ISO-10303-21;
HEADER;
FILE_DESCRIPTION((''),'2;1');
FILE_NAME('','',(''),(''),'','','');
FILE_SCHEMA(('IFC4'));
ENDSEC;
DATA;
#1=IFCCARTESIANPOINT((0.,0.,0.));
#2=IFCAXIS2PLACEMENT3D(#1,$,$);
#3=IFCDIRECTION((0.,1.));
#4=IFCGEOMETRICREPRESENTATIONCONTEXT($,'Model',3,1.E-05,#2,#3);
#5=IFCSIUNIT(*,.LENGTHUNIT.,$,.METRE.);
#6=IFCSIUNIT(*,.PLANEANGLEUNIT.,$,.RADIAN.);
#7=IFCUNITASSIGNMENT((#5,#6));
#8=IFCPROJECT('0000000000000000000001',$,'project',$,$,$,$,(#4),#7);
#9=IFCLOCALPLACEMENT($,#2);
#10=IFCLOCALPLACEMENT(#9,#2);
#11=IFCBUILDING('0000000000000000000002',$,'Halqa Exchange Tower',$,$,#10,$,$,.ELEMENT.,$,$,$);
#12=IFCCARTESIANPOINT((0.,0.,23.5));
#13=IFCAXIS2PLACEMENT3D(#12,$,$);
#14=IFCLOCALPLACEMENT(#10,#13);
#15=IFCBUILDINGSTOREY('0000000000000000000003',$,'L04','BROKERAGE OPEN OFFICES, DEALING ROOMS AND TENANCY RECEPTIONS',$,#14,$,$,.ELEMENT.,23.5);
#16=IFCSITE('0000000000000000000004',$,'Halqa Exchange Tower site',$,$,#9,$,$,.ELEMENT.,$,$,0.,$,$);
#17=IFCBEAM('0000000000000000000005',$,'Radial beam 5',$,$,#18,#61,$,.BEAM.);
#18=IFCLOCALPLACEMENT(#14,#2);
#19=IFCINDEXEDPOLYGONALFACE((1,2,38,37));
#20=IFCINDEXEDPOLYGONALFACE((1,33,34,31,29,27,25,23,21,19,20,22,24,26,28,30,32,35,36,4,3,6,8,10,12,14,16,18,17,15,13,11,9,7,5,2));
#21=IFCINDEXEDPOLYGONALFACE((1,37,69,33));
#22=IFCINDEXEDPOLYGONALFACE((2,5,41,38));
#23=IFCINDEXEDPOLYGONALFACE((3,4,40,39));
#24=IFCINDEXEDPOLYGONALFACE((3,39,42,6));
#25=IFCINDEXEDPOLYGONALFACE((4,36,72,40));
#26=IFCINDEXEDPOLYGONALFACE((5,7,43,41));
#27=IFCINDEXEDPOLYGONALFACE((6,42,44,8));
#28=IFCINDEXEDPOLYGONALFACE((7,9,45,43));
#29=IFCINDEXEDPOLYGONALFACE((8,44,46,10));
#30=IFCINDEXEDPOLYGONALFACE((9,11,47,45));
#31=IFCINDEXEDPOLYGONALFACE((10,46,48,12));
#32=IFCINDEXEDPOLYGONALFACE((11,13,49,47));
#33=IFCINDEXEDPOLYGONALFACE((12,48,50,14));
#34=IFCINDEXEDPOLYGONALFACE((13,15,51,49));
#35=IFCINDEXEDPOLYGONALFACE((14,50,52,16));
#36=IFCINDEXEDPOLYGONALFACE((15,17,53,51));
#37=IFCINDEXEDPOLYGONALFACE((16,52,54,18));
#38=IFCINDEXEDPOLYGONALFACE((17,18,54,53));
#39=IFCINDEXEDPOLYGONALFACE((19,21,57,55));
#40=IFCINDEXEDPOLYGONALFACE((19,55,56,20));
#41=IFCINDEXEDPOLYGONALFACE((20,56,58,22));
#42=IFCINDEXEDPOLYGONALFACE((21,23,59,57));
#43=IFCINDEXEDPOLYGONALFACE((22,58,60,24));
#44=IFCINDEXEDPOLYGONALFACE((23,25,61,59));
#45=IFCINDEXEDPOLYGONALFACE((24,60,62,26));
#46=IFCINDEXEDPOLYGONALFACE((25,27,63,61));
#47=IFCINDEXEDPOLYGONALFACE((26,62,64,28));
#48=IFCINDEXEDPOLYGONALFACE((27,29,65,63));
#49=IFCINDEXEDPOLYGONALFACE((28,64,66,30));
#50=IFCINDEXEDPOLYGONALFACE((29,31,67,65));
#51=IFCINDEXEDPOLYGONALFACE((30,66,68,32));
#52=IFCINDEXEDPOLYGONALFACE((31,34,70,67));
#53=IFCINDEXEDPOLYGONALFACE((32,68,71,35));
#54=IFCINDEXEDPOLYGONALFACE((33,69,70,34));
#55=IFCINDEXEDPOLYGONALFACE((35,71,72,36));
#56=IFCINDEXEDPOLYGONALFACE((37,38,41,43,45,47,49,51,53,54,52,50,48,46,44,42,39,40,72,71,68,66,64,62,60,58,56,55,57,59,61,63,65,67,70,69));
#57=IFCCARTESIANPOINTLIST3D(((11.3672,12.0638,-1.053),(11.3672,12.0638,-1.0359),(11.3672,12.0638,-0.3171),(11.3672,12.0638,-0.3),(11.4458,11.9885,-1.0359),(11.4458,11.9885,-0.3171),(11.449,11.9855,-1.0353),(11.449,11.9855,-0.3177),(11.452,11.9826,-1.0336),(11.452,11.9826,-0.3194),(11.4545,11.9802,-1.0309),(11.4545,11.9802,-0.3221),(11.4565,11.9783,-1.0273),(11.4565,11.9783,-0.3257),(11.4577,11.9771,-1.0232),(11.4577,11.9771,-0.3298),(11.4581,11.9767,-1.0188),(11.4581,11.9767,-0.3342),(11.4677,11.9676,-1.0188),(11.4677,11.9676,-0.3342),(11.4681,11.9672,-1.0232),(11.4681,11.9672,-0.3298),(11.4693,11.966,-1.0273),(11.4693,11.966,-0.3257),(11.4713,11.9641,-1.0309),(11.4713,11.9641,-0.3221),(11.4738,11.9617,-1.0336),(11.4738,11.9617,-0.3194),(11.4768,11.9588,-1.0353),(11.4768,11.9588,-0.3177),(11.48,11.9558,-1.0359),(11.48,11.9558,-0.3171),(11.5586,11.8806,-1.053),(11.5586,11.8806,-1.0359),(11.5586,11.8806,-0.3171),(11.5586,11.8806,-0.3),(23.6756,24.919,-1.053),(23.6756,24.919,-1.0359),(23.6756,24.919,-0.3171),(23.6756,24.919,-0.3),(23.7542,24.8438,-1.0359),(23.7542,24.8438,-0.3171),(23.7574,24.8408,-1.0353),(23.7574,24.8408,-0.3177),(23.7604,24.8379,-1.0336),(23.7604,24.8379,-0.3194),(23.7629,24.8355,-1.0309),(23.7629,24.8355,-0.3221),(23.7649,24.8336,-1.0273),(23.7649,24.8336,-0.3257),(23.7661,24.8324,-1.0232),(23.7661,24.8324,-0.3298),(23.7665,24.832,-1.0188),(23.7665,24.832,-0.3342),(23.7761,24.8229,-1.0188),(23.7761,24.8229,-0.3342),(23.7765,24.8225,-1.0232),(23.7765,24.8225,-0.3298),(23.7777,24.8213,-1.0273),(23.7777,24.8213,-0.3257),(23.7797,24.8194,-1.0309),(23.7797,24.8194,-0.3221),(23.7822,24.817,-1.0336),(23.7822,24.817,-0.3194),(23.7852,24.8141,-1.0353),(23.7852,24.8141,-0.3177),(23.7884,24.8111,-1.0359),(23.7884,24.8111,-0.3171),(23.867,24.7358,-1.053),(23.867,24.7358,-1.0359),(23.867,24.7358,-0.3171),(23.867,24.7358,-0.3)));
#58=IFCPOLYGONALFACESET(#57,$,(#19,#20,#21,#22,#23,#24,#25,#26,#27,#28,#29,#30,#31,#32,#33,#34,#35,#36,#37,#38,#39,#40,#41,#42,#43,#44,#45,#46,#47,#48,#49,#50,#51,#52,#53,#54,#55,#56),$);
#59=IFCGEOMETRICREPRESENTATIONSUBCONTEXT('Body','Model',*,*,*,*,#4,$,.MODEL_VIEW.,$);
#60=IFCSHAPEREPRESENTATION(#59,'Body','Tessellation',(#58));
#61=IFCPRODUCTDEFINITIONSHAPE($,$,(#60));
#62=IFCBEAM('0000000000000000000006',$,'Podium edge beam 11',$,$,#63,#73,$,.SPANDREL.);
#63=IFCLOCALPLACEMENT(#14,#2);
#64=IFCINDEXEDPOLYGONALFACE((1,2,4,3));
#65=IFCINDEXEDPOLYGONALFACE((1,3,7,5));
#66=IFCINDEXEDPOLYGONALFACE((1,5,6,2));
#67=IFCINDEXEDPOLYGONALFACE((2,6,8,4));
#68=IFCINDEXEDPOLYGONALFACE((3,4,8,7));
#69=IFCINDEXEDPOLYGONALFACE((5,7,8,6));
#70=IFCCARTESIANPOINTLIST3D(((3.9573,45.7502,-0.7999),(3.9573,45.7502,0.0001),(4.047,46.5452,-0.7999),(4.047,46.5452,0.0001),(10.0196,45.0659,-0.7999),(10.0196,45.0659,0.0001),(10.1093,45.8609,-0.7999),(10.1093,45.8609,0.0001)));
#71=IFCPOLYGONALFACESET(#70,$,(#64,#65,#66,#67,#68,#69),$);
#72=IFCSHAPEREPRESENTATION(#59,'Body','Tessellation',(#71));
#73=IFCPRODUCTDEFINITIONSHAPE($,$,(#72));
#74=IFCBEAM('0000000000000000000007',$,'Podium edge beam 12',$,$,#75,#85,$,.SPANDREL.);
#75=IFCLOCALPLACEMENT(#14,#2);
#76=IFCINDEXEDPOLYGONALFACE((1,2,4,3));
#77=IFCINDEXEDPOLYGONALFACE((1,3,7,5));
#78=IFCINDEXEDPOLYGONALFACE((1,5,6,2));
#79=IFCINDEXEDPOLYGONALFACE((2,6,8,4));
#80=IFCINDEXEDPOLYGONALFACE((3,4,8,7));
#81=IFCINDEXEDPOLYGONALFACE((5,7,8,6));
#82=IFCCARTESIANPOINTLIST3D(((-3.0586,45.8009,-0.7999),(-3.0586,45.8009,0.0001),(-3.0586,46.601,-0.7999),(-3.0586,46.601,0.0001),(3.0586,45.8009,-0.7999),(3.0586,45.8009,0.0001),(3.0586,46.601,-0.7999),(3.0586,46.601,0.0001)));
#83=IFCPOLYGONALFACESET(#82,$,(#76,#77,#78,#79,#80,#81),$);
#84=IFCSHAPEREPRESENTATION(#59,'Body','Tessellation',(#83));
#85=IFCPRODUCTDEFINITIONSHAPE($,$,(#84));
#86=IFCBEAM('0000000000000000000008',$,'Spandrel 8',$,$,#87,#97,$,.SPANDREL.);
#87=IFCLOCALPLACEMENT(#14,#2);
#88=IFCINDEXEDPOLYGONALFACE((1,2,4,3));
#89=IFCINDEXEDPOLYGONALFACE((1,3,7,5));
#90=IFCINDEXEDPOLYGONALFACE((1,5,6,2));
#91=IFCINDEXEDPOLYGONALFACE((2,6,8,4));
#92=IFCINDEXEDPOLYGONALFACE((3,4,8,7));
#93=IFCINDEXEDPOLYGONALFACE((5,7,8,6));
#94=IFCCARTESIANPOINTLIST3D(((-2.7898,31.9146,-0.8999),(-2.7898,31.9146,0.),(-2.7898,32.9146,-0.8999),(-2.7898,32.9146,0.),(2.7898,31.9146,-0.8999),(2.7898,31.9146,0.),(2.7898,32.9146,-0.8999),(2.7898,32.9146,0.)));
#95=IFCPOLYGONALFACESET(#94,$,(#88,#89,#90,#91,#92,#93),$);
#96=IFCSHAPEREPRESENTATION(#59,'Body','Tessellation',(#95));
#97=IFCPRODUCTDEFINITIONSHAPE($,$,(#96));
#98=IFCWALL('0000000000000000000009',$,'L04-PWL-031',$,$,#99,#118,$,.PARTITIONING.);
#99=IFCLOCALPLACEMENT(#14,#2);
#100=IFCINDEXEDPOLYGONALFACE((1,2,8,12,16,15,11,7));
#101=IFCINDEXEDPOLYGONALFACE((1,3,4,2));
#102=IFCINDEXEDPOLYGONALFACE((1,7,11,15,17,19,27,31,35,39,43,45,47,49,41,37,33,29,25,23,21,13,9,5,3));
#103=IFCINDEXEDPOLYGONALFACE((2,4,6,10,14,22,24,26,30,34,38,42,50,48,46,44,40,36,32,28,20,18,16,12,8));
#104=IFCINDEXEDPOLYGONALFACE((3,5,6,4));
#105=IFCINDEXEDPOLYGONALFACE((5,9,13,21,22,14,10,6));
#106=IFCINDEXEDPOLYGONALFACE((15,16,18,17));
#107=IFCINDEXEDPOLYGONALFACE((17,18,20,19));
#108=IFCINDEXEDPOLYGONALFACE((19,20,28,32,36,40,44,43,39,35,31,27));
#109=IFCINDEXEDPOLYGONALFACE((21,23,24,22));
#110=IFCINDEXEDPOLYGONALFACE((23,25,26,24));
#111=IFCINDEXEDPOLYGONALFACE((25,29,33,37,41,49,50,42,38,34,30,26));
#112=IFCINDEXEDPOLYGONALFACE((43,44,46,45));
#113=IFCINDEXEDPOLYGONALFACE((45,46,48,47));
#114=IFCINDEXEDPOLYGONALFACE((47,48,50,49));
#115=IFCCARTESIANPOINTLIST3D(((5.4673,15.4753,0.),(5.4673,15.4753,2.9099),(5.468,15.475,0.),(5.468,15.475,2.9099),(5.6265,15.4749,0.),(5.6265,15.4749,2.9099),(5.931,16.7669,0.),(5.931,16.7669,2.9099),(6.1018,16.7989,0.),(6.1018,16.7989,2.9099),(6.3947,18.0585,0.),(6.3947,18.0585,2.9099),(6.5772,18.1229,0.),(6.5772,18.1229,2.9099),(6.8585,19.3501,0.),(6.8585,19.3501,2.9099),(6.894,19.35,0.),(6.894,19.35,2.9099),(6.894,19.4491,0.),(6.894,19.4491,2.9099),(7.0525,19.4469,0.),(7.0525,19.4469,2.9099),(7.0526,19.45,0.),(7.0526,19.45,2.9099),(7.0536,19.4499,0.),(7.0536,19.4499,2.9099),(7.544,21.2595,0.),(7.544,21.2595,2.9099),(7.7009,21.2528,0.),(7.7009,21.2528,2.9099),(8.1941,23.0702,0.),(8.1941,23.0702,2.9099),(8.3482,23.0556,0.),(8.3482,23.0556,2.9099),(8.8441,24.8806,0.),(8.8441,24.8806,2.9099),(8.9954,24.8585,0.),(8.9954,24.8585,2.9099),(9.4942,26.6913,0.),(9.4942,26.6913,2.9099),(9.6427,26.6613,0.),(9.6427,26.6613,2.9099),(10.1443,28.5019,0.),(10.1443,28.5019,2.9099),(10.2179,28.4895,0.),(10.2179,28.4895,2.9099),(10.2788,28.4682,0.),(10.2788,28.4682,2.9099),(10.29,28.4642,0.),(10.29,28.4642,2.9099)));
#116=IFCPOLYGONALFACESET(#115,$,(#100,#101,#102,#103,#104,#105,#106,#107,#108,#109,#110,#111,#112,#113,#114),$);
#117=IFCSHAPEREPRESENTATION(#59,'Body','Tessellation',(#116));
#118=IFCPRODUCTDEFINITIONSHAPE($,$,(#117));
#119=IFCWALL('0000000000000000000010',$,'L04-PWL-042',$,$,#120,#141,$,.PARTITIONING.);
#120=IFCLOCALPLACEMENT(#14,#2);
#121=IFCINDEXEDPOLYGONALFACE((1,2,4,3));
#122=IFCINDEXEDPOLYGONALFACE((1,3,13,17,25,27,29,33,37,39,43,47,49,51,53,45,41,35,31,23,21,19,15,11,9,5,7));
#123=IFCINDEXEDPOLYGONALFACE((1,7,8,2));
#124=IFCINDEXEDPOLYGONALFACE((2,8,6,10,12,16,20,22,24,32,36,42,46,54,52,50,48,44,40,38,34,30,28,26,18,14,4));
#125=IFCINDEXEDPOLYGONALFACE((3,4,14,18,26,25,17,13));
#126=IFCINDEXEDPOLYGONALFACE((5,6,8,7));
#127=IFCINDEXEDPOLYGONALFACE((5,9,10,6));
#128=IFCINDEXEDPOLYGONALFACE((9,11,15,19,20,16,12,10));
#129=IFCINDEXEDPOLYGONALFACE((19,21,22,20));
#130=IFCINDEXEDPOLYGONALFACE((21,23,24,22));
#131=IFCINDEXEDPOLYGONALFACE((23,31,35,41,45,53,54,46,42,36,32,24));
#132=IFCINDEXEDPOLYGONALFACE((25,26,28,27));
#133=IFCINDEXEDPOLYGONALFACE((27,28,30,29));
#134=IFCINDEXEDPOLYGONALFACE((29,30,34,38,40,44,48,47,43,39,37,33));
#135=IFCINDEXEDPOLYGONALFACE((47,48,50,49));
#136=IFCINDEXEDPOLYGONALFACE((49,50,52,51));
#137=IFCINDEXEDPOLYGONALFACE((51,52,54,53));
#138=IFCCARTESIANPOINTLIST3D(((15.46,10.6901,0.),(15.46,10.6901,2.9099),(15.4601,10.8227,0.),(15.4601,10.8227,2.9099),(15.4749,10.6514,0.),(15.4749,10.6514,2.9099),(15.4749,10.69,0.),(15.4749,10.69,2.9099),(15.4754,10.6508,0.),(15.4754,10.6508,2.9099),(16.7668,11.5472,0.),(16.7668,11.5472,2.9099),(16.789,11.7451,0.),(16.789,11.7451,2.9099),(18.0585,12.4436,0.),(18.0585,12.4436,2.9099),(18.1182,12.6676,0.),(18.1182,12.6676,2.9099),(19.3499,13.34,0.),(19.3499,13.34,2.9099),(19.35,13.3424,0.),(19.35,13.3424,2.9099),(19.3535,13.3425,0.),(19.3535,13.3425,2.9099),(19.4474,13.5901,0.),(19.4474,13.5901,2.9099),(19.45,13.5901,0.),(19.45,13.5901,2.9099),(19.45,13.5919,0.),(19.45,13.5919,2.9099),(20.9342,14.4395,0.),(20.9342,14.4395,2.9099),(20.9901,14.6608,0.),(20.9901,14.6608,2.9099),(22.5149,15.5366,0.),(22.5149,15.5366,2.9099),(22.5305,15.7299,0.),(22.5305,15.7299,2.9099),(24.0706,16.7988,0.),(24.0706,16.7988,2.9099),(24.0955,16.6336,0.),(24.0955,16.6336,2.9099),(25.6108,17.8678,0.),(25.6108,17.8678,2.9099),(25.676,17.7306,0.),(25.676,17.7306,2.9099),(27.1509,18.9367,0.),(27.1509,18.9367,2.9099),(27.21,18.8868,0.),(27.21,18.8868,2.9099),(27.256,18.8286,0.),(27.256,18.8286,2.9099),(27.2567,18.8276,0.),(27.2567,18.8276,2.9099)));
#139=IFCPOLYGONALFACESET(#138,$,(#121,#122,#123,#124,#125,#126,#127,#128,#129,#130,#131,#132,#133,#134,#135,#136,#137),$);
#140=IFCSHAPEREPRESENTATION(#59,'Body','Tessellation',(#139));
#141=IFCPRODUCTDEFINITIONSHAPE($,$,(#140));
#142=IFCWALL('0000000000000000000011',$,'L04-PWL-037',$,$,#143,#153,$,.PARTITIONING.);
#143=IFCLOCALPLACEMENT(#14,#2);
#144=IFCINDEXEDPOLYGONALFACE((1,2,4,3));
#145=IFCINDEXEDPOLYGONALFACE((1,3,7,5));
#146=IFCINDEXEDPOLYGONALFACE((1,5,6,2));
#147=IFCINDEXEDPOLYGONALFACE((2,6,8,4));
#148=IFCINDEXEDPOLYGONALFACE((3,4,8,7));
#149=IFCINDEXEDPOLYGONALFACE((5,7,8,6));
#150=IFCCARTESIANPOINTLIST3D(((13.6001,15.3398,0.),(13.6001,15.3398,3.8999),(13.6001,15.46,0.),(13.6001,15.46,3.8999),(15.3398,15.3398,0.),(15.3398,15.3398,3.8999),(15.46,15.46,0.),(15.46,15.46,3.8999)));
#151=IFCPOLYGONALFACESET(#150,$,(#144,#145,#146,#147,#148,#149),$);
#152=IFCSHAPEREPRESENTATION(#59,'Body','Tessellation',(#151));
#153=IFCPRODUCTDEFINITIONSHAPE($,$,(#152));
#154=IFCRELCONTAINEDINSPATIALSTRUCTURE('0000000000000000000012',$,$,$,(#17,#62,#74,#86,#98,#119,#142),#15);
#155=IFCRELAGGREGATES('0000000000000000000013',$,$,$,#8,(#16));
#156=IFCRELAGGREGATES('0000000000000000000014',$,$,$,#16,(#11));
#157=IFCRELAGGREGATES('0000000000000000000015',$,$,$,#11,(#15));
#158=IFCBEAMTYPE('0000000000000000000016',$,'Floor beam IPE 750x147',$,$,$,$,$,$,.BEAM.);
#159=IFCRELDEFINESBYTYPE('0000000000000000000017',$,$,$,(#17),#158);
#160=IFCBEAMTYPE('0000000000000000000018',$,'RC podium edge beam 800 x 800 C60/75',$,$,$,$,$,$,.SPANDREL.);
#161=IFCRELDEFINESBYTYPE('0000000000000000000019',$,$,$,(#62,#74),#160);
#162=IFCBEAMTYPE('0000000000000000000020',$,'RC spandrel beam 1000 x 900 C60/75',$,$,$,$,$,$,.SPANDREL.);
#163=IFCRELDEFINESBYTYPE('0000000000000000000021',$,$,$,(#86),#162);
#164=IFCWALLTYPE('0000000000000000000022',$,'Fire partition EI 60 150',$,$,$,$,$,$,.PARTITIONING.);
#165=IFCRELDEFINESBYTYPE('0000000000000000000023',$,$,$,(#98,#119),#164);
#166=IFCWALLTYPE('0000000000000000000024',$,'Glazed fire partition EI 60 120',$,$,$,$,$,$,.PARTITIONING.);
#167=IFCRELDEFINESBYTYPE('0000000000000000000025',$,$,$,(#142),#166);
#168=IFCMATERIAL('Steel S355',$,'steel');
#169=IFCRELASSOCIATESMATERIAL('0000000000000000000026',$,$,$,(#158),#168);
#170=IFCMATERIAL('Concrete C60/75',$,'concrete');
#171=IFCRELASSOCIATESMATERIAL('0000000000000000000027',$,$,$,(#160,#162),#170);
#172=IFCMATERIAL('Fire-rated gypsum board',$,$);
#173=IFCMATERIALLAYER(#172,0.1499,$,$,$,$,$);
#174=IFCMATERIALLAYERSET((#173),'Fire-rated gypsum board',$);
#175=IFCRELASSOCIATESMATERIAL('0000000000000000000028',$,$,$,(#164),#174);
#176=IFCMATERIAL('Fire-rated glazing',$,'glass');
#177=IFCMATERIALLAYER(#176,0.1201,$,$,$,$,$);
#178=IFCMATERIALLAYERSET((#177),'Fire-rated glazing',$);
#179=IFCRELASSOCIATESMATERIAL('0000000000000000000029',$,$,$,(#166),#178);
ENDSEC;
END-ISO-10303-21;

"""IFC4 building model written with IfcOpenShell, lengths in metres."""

from ifc_helpers import new_model, si_unit, direction, frame, origin, origin_2d, place, context, subcontext, project, spatial, polyline, rectangle, i_section, outline, extrude, material, layer, layer_set, material_profile, profile_set, type_object, element, save


model = new_model("IFC4")

# Units and contexts
model_context = context("Model", 3, precision=1e-05, world=origin(), true_north=direction((0.0, 1.0)))
body_context = subcontext(model_context, "Body", "Model", "MODEL_VIEW")
ifc_project = project(units=[si_unit("LENGTHUNIT", "METRE"), si_unit("PLANEANGLEUNIT", "RADIAN")], contexts=[model_context])

# Site, building, storey
site_placement = place(None, origin())
site = spatial("IfcSite", under=ifc_project, at=site_placement, Name="Halqa Exchange Tower site", CompositionType="ELEMENT", RefElevation=0.0)
building_placement = place(site_placement, origin())
building = spatial("IfcBuilding", under=site, at=building_placement, Name="Halqa Exchange Tower", CompositionType="ELEMENT")
storey_placement = place(building_placement, frame((0.0, 0.0, 23.5)))
storey = spatial("IfcBuildingStorey", under=building, at=storey_placement, Name="L04", Description="BROKERAGE OPEN OFFICES, DEALING ROOMS AND TENANCY RECEPTIONS", CompositionType="ELEMENT", Elevation=23.5)

# Beams
ifc_material_1 = material(Name="Steel S355", Category="steel")
ifc_material_profile_1 = material_profile(ifc_material_1, i_section(OverallWidth=0.2649, OverallDepth=0.7529, WebThickness=0.0132, FlangeThickness=0.0171, FilletRadius=0.0171, at=origin_2d()), Name="IPE 750x147")
ifc_profile_set_1 = profile_set([ifc_material_profile_1], Name="Steel S355")
beam_type_1 = type_object("IfcBeamType", Name="Floor beam IPE 750x147", PredefinedType="BEAM", material=ifc_profile_set_1)
beam_1_placement = place(storey_placement, frame((11.4629, 11.9722, -0.6765), z_axis=(0.691576, 0.722304, 0.0), x_axis=(-0.722304, 0.691576, 0.0)))
element("IfcBeam", 1, at=beam_1_placement, inside=storey, type_object=beam_type_1, Name="Radial beam 5", PredefinedType="BEAM", context=body_context, shape_type="SweptSolid", body=[
    extrude(i_section(OverallWidth=0.2649, OverallDepth=0.7529, WebThickness=0.0132, FlangeThickness=0.0171, FilletRadius=0.0171, at=origin_2d()), origin(), (0.0, 0.0, 1.0), 17.7976),
])
ifc_material_2 = material(Name="Concrete C60/75", Category="concrete")
ifc_material_profile_2 = material_profile(ifc_material_2, rectangle(XDim=0.8, YDim=0.8, at=origin_2d()), Name="800 x 800")
ifc_profile_set_2 = profile_set([ifc_material_profile_2], Name="Concrete C60/75")
beam_type_2 = type_object("IfcBeamType", Name="RC podium edge beam 800 x 800 C60/75", PredefinedType="SPANDREL", material=ifc_profile_set_2)
beam_2_placement = place(storey_placement, frame((10.0645, 45.4634, -0.3999), z_axis=(-0.993689, 0.112171, 0.0), x_axis=(-0.112171, -0.993689, 0.0)))
element("IfcBeam", 2, at=beam_2_placement, inside=storey, type_object=beam_type_2, Name="Podium edge beam 11", PredefinedType="SPANDREL", context=body_context, shape_type="SweptSolid", body=[
    extrude(rectangle(XDim=0.8, YDim=0.8, at=origin_2d()), origin(), (0.0, 0.0, 1.0), 6.1008),
])
beam_3_placement = place(storey_placement, frame((3.0586, 46.2009, -0.3999), z_axis=(-1.0, 0.0, 0.0), x_axis=(0.0, -1.0, 0.0)))
element("IfcBeam", 3, at=beam_3_placement, inside=storey, type_object=beam_type_2, Name="Podium edge beam 12", PredefinedType="SPANDREL", context=body_context, shape_type="SweptSolid", body=[
    extrude(rectangle(XDim=0.8, YDim=0.8, at=origin_2d()), origin(), (0.0, 0.0, 1.0), 6.1172),
])
ifc_material_profile_3 = material_profile(ifc_material_2, rectangle(XDim=1.0, YDim=0.8999, at=origin_2d()), Name="1000 x 900")
ifc_profile_set_3 = profile_set([ifc_material_profile_3], Name="Concrete C60/75")
beam_type_3 = type_object("IfcBeamType", Name="RC spandrel beam 1000 x 900 C60/75", PredefinedType="SPANDREL", material=ifc_profile_set_3)
beam_4_placement = place(storey_placement, frame((2.7898, 32.4146, -0.45), z_axis=(-1.0, 0.0, 0.0), x_axis=(0.0, -1.0, 0.0)))
element("IfcBeam", 4, at=beam_4_placement, inside=storey, type_object=beam_type_3, Name="Spandrel 8", PredefinedType="SPANDREL", context=body_context, shape_type="SweptSolid", body=[
    extrude(rectangle(XDim=1.0, YDim=0.8999, at=origin_2d()), origin(), (0.0, 0.0, 1.0), 5.5796),
])

# Walls
ifc_material_3 = material(Name="Fire-rated gypsum board")
ifc_layer_1 = layer(ifc_material_3, 0.1499)
ifc_layer_set_1 = layer_set([ifc_layer_1], Name="Fire-rated gypsum board")
wall_type_1 = type_object("IfcWallType", Name="Fire partition EI 60 150", PredefinedType="PARTITIONING", material=ifc_layer_set_1)
wall_1_placement = place(storey_placement, frame((5.5378, 15.45, 0.0), z_axis=(0.0, 0.0, 1.0), x_axis=(0.337914, 0.941177, 0.0)))
element("IfcWall", 5, at=wall_1_placement, inside=storey, type_object=wall_type_1, Name="L04-PWL-031", PredefinedType="PARTITIONING", context=body_context, shape_type="SweptSolid", body=[
    extrude(outline(polyline([(0.0535, -0.075), (1.4602, -0.075), (2.8669, -0.075), (4.2737, -0.075), (4.2766, -0.074), (4.2769, -0.075), (6.1924, -0.075), (8.1079, -0.075), (10.0234, -0.075), (11.939, -0.075), (13.8545, -0.075), (13.8545, -0.063), (13.854, 0.0015), (13.8408, 0.075), (11.917, 0.075), (9.9932, 0.075), (8.0696, 0.075), (6.1458, 0.075), (4.2222, 0.075), (4.1289, 0.0415), (4.1169, 0.075), (2.7446, 0.075), (1.3723, 0.075), (0.0, 0.075), (0.0, 0.0742), (0.0535, -0.075)])), origin(), (0.0, 0.0, 1.0), 2.9099),
])
wall_2_placement = place(storey_placement, frame((15.4326, 10.7124, 0.0), z_axis=(0.0, 0.0, 1.0), x_axis=(0.821522, 0.570176, 0.0)))
element("IfcWall", 6, at=wall_2_placement, inside=storey, type_object=wall_type_1, Name="L04-PWL-042", PredefinedType="PARTITIONING", context=body_context, shape_type="SweptSolid", body=[
    extrude(outline(polyline([(0.0, -0.075), (1.572, -0.075), (3.1443, -0.075), (4.7163, -0.075), (4.7178, -0.073), (4.7207, -0.075), (6.6448, -0.075), (8.5688, -0.075), (10.4929, -0.075), (12.4167, -0.075), (14.3408, -0.075), (14.3408, -0.0737), (14.3362, 0.0002), (14.3162, 0.075), (12.4414, 0.075), (10.5667, 0.075), (8.6919, 0.075), (6.8169, 0.075), (4.9421, 0.075), (4.9412, 0.0735), (4.939, 0.075), (3.321, 0.075), (1.7031, 0.075), (0.0854, 0.075), (0.0098, -0.0339), (0.022, -0.0425), (0.0, -0.0742), (0.0, -0.075)])), origin(), (0.0, 0.0, 1.0), 2.9099),
])
ifc_material_4 = material(Name="Fire-rated glazing", Category="glass")
ifc_layer_2 = layer(ifc_material_4, 0.1201)
ifc_layer_set_2 = layer_set([ifc_layer_2], Name="Fire-rated glazing")
wall_type_2 = type_object("IfcWallType", Name="Glazed fire partition EI 60 120", PredefinedType="PARTITIONING", material=ifc_layer_set_2)
wall_3_placement = place(storey_placement, frame((13.6001, 15.3999, 0.0), z_axis=(0.0, 0.0, 1.0), x_axis=(1.0, 0.0, 0.0)))
element("IfcWall", 7, at=wall_3_placement, inside=storey, type_object=wall_type_2, Name="L04-PWL-037", PredefinedType="PARTITIONING", context=body_context, shape_type="SweptSolid", body=[
    extrude(outline(polyline([(0.0, -0.0601), (1.7397, -0.0601), (1.8599, 0.0601), (0.0, 0.0601), (0.0, -0.0601)])), origin(), (0.0, 0.0, 1.0), 3.8999),
])

save(model, "model.ifc")
